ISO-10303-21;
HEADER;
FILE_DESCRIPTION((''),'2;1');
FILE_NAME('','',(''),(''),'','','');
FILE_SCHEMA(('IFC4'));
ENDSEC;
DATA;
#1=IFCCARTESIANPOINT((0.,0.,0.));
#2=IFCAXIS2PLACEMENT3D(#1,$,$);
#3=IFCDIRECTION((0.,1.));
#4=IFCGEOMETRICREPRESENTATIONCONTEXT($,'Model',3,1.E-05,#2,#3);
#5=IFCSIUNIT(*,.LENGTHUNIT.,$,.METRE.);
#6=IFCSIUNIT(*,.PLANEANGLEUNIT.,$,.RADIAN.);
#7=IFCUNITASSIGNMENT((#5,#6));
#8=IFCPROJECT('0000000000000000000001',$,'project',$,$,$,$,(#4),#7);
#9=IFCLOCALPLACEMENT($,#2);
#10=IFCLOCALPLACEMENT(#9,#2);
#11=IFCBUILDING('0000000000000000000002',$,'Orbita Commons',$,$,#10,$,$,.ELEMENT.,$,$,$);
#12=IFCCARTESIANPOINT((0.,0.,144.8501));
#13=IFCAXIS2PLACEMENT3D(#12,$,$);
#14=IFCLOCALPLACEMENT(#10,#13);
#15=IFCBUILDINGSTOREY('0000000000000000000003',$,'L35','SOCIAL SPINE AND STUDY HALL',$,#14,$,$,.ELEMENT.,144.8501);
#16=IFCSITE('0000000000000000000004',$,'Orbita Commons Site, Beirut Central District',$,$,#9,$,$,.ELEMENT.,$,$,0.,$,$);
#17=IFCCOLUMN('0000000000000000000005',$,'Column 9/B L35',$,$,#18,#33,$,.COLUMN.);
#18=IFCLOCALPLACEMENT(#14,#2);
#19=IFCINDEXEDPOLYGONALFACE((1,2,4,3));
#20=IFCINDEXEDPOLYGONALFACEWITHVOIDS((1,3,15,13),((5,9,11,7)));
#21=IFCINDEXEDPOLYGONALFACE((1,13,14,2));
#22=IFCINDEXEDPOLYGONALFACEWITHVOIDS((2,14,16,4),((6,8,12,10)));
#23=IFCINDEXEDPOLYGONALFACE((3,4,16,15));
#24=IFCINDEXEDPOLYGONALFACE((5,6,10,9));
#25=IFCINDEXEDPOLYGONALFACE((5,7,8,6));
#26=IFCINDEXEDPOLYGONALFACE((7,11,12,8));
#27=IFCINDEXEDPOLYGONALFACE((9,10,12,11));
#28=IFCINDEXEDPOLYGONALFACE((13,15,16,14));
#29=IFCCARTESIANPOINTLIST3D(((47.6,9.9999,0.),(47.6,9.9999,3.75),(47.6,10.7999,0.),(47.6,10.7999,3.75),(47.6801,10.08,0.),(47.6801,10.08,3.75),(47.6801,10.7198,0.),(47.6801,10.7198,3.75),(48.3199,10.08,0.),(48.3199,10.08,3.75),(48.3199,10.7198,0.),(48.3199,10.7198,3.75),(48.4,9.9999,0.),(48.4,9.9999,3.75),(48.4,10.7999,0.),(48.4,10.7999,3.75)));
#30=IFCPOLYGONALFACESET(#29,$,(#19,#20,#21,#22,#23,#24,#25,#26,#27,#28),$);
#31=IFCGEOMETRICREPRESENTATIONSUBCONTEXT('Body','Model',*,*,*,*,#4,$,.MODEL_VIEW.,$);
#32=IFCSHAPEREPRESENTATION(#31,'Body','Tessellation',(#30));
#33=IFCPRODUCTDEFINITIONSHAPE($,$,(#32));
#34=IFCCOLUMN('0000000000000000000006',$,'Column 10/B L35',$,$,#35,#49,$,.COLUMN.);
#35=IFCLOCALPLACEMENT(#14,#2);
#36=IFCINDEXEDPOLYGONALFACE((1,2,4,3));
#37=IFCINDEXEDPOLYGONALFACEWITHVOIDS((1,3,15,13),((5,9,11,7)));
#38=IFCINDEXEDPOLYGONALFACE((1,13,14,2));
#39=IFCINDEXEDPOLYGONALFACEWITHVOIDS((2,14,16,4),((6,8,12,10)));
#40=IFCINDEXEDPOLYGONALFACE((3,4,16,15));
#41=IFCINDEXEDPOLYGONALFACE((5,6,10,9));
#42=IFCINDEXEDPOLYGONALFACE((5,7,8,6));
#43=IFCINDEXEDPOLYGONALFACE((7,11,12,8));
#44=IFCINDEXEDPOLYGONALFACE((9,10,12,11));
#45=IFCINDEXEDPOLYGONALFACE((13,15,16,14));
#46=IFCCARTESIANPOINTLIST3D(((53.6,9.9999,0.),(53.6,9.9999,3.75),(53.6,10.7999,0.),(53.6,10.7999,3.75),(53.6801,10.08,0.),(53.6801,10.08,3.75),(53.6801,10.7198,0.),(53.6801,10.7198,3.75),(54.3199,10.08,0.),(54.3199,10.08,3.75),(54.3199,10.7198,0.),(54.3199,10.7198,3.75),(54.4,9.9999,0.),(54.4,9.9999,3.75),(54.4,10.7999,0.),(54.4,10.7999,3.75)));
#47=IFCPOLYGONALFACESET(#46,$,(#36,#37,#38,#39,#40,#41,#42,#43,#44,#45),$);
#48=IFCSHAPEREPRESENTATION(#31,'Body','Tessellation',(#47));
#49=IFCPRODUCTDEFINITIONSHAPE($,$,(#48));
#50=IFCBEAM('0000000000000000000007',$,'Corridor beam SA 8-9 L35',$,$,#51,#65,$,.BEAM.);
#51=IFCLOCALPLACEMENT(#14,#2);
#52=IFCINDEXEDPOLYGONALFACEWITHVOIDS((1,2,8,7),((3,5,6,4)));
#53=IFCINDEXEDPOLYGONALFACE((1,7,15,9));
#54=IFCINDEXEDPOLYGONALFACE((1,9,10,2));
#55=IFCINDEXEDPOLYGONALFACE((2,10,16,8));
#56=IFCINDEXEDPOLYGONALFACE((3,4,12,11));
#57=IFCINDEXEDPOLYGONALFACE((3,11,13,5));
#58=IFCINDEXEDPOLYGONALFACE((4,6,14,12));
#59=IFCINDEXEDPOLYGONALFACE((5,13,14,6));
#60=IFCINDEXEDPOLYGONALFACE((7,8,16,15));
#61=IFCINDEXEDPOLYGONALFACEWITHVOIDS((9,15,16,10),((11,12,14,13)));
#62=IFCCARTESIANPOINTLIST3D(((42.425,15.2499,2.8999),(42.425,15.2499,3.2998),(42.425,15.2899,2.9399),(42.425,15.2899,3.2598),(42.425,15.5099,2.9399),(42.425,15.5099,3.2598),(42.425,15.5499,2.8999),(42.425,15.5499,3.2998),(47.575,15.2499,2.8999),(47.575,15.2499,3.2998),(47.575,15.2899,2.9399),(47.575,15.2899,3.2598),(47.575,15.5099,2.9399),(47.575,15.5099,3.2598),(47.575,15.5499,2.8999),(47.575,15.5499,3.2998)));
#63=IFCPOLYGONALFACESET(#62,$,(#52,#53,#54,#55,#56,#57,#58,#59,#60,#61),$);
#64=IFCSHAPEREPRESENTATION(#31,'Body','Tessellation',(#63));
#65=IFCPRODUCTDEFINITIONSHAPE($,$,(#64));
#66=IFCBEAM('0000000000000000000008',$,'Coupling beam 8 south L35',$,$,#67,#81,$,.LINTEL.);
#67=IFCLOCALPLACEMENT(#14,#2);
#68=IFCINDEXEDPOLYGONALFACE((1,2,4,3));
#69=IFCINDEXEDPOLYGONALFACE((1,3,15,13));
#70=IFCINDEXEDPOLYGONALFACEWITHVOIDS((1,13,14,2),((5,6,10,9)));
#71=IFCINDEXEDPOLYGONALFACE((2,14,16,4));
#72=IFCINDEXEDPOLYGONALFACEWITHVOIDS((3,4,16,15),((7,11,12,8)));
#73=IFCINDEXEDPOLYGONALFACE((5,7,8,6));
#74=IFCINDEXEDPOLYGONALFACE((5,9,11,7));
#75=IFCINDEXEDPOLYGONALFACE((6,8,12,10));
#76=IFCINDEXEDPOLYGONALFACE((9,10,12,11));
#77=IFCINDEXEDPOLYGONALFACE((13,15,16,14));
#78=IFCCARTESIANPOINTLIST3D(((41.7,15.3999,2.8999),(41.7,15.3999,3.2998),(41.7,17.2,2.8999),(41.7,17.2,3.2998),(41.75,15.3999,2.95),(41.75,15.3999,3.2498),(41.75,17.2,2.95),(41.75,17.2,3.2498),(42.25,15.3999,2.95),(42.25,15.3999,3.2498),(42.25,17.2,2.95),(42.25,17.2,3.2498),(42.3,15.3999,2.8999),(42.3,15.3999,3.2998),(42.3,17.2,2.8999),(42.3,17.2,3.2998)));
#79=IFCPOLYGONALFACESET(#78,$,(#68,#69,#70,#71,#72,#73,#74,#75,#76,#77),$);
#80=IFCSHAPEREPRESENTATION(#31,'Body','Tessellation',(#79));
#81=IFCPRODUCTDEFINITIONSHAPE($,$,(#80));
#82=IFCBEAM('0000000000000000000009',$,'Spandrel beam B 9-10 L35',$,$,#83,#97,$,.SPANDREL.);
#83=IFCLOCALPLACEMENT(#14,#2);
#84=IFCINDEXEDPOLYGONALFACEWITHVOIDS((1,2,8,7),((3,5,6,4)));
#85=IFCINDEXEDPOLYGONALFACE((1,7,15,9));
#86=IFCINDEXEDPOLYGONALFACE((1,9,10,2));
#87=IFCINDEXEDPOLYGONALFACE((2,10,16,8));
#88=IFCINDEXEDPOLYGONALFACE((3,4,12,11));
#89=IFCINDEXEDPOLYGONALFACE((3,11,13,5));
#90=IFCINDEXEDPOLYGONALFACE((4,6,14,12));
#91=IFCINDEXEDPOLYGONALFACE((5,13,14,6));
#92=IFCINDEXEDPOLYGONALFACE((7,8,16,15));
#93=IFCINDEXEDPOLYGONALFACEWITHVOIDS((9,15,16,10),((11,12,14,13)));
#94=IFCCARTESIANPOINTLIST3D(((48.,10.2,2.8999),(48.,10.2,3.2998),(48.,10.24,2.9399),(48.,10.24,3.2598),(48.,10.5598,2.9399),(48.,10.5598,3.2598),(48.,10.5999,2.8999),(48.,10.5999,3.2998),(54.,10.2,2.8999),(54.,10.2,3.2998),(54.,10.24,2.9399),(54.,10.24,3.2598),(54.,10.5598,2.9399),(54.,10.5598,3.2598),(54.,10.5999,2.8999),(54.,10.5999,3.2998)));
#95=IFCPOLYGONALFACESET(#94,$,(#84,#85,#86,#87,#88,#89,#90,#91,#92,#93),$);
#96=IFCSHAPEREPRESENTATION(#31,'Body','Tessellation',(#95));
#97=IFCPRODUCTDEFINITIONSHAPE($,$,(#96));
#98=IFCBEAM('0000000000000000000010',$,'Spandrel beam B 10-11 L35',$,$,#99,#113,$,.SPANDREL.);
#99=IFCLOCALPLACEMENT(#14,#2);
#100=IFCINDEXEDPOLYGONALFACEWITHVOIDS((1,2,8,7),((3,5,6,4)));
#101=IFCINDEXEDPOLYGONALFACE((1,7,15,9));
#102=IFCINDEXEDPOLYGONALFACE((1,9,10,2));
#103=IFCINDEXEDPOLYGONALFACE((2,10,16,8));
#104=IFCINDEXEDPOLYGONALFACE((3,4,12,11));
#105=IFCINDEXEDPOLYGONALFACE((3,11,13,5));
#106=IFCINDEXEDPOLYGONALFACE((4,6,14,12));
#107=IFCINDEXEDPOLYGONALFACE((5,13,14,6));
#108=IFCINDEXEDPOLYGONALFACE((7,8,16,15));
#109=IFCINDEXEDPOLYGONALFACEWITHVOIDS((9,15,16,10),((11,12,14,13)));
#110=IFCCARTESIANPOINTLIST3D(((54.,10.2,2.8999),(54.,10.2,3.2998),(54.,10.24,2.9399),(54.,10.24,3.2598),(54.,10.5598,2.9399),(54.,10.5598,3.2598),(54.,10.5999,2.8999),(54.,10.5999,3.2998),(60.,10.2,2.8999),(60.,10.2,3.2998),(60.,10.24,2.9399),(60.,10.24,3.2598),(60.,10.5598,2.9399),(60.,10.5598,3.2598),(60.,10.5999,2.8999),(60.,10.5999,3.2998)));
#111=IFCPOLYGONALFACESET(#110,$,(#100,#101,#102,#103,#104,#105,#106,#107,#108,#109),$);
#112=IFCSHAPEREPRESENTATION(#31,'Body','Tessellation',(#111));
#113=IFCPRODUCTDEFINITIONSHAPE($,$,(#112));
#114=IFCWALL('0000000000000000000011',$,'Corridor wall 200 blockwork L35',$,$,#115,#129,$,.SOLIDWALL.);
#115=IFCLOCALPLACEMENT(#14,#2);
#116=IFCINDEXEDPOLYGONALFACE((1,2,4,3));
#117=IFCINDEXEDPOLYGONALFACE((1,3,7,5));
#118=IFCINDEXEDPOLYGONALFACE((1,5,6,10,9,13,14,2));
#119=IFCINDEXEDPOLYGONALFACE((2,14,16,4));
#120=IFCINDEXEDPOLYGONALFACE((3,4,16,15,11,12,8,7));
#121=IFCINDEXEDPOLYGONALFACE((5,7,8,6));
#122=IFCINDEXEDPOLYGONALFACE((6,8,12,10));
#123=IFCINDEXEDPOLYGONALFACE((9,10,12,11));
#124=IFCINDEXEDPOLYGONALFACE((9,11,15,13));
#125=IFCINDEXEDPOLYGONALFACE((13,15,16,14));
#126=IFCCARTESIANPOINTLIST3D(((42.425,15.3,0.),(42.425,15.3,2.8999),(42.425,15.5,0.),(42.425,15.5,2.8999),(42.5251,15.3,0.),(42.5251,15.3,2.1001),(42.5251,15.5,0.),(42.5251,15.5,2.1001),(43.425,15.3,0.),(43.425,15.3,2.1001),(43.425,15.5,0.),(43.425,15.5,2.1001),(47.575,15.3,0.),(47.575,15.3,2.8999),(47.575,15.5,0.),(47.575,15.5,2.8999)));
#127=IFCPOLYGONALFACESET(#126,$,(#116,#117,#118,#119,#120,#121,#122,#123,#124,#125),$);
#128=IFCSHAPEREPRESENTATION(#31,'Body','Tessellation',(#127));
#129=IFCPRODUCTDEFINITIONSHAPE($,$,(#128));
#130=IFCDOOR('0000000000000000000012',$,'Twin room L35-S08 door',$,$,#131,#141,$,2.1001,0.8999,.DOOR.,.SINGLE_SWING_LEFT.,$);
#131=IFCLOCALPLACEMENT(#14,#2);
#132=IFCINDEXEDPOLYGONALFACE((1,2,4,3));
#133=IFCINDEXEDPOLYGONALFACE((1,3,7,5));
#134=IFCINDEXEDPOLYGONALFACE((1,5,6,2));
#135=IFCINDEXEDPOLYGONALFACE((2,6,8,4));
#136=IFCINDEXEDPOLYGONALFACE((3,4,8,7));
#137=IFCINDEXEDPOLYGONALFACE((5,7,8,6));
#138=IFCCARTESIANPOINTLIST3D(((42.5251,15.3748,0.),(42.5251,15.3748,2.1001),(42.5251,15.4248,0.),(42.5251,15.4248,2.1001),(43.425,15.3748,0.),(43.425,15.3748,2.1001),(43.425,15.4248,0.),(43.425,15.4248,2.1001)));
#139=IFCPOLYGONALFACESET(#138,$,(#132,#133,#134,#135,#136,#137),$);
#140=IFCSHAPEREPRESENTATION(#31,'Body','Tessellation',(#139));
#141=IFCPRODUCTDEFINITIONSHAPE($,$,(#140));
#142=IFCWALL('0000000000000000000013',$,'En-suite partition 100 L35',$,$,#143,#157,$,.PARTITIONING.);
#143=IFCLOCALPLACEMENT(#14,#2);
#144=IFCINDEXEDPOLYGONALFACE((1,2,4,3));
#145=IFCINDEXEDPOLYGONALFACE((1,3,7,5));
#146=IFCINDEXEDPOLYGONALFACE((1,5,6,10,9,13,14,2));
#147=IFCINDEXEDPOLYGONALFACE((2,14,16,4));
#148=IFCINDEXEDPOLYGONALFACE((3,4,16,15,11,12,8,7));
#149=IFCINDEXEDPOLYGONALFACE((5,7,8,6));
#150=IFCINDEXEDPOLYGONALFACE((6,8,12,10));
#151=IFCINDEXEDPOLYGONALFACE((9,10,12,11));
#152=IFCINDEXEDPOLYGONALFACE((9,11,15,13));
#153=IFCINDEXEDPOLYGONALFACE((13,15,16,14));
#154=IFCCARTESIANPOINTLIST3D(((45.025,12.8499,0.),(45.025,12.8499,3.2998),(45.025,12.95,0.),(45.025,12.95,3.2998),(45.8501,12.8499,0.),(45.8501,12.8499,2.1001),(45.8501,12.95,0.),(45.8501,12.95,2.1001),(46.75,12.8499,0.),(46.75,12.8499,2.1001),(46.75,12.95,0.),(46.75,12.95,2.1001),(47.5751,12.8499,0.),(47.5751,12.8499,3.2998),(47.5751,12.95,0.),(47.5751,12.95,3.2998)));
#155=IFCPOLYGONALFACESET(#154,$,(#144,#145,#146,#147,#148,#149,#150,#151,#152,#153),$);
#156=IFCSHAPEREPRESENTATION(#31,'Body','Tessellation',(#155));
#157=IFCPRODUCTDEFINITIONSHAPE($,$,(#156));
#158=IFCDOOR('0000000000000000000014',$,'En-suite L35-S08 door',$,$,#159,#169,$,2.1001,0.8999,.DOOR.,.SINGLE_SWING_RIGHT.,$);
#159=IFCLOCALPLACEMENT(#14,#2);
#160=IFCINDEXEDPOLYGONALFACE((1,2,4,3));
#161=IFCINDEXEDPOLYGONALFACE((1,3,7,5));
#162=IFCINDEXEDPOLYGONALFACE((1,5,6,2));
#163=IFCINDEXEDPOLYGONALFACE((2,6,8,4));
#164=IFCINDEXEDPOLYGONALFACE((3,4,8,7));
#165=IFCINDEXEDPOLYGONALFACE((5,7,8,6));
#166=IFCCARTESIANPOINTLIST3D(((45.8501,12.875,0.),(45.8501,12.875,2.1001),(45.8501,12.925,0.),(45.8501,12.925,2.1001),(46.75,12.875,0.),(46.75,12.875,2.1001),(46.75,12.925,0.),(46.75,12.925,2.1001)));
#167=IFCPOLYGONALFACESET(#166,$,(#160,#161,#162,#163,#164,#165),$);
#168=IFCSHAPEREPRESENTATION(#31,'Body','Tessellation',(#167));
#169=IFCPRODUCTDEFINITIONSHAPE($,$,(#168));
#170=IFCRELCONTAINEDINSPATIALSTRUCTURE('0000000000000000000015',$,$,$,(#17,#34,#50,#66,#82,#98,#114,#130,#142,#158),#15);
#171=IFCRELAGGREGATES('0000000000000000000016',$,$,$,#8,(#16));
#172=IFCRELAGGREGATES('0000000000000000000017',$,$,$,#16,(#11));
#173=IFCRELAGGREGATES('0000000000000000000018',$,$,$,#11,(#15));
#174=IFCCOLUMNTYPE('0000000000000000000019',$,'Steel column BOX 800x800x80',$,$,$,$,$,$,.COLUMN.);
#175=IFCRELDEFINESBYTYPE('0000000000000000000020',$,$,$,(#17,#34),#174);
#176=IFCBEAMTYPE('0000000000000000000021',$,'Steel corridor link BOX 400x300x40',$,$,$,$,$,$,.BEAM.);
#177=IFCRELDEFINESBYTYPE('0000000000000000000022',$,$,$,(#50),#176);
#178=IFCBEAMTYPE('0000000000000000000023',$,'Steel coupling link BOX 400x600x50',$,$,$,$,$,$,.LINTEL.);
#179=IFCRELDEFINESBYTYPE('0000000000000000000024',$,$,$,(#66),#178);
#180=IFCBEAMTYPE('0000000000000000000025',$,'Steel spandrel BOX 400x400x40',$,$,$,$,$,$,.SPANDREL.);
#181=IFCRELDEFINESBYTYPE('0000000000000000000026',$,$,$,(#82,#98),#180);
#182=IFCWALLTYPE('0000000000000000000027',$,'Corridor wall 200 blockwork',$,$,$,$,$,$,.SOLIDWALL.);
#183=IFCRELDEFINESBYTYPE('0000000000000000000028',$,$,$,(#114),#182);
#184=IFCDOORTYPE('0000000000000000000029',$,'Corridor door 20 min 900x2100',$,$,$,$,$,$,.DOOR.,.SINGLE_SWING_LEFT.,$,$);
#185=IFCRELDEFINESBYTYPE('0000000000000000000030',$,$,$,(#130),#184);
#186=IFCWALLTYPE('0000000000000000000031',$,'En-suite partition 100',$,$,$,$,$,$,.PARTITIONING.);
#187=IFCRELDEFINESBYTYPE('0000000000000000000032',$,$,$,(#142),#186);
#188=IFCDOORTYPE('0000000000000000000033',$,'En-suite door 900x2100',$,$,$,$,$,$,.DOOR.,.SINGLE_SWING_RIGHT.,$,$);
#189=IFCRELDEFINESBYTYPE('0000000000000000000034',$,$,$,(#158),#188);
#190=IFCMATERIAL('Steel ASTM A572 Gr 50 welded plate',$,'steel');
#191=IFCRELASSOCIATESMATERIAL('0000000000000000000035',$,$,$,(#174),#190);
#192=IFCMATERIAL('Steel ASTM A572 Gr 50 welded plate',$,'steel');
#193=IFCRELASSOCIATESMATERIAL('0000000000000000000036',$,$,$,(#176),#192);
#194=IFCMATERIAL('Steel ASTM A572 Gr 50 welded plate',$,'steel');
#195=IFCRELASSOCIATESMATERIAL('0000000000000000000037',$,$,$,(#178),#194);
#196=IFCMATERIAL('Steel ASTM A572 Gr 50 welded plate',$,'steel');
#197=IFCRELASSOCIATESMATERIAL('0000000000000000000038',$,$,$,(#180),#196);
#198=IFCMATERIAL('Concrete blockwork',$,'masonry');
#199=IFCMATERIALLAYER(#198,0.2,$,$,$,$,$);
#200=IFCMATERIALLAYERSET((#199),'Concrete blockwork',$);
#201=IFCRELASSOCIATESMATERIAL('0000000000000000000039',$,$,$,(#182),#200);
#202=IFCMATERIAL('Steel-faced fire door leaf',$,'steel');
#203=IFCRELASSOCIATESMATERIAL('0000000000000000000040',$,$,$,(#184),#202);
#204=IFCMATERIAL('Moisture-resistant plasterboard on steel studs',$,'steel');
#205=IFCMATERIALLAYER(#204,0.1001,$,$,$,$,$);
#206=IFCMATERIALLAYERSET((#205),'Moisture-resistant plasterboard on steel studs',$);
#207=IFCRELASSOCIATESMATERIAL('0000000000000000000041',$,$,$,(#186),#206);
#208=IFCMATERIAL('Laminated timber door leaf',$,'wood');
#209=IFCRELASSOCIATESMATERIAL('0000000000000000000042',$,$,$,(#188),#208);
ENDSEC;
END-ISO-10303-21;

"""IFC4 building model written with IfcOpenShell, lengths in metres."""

from ifc_helpers import new_model, si_unit, direction, frame, frame_2d, origin, origin_2d, place, context, subcontext, project, spatial, polyline, rectangle, hollow_rectangle, outline, extrude, material, layer, layer_set, material_profile, profile_set, type_object, element, fill, save


model = new_model("IFC4")

# Units and contexts
model_context = context("Model", 3, precision=1e-05, world=origin(), true_north=direction((0.0, 1.0)))
body_context = subcontext(model_context, "Body", "Model", "MODEL_VIEW")
ifc_project = project(units=[si_unit("LENGTHUNIT", "METRE"), si_unit("PLANEANGLEUNIT", "RADIAN")], contexts=[model_context])

# Site, building, storey
site_placement = place(None, origin())
site = spatial("IfcSite", under=ifc_project, at=site_placement, Name="Orbita Commons Site, Beirut Central District", CompositionType="ELEMENT", RefElevation=0.0)
building_placement = place(site_placement, origin())
building = spatial("IfcBuilding", under=site, at=building_placement, Name="Orbita Commons", CompositionType="ELEMENT")
storey_placement = place(building_placement, frame((0.0, 0.0, 144.8501)))
storey = spatial("IfcBuildingStorey", under=building, at=storey_placement, Name="L35", Description="SOCIAL SPINE AND STUDY HALL", CompositionType="ELEMENT", Elevation=144.8501)

# Columns
ifc_material_1 = material(Name="Steel ASTM A572 Gr 50 welded plate", Category="steel")
ifc_material_profile_1 = material_profile(ifc_material_1, hollow_rectangle(XDim=0.8, YDim=0.8, WallThickness=0.0801, at=origin_2d()), Name="BOX 800x800x80")
ifc_profile_set_1 = profile_set([ifc_material_profile_1], Name="Steel ASTM A572 Gr 50 welded plate")
column_type = type_object("IfcColumnType", Name="Steel column BOX 800x800x80", PredefinedType="COLUMN", material=ifc_profile_set_1)
for number, where, z_axis, x_axis, name in (
    (1, (48.0, 10.3999, 0.0), (0.0, 0.0, 1.0), (1.0, 0.0, 0.0), "Column 9/B L35"),
    (2, (54.0, 10.3999, 0.0), (0.0, 0.0, 1.0), (1.0, 0.0, 0.0), "Column 10/B L35"),
):
    element("IfcColumn", number, at=place(storey_placement, frame(where, z_axis=z_axis, x_axis=x_axis)), inside=storey, type_object=column_type, Name=name, PredefinedType="COLUMN", context=body_context, shape_type="SweptSolid", body=[
        extrude(hollow_rectangle(XDim=0.8, YDim=0.8, WallThickness=0.0801, at=origin_2d()), origin(), (0.0, 0.0, 1.0), 3.75),
    ])

# Beams
ifc_material_2 = material(Name="Steel ASTM A572 Gr 50 welded plate", Category="steel")
ifc_material_profile_2 = material_profile(ifc_material_2, hollow_rectangle(XDim=0.3, YDim=0.3999, WallThickness=0.04, at=origin_2d()), Name="BOX 400x300x40")
ifc_profile_set_2 = profile_set([ifc_material_profile_2], Name="Steel ASTM A572 Gr 50 welded plate")
beam_type_1 = type_object("IfcBeamType", Name="Steel corridor link BOX 400x300x40", PredefinedType="BEAM", material=ifc_profile_set_2)
beam_1_placement = place(storey_placement, frame((42.425, 15.3999, 3.0999), z_axis=(1.0, 0.0, 0.0), x_axis=(0.0, 1.0, 0.0)))
element("IfcBeam", 3, at=beam_1_placement, inside=storey, type_object=beam_type_1, Name="Corridor beam SA 8-9 L35", PredefinedType="BEAM", context=body_context, shape_type="SweptSolid", body=[
    extrude(hollow_rectangle(XDim=0.3, YDim=0.3999, WallThickness=0.04, at=origin_2d()), origin(), (0.0, 0.0, 1.0), 5.1499),
])
ifc_material_3 = material(Name="Steel ASTM A572 Gr 50 welded plate", Category="steel")
ifc_material_profile_3 = material_profile(ifc_material_3, hollow_rectangle(XDim=0.6001, YDim=0.3999, WallThickness=0.05, at=origin_2d()), Name="BOX 400x600x50")
ifc_profile_set_3 = profile_set([ifc_material_profile_3], Name="Steel ASTM A572 Gr 50 welded plate")
beam_type_2 = type_object("IfcBeamType", Name="Steel coupling link BOX 400x600x50", PredefinedType="LINTEL", material=ifc_profile_set_3)
beam_2_placement = place(storey_placement, frame((42.0, 15.3999, 3.0999), z_axis=(0.0, 1.0, 0.0), x_axis=(-1.0, 0.0, 0.0)))
element("IfcBeam", 4, at=beam_2_placement, inside=storey, type_object=beam_type_2, Name="Coupling beam 8 south L35", PredefinedType="LINTEL", context=body_context, shape_type="SweptSolid", body=[
    extrude(hollow_rectangle(XDim=0.6001, YDim=0.3999, WallThickness=0.05, at=origin_2d()), origin(), (0.0, 0.0, 1.0), 1.8),
])
ifc_material_4 = material(Name="Steel ASTM A572 Gr 50 welded plate", Category="steel")
ifc_material_profile_4 = material_profile(ifc_material_4, hollow_rectangle(XDim=0.3999, YDim=0.3999, WallThickness=0.04, at=origin_2d()), Name="BOX 400x400x40")
ifc_profile_set_4 = profile_set([ifc_material_profile_4], Name="Steel ASTM A572 Gr 50 welded plate")
beam_type_3 = type_object("IfcBeamType", Name="Steel spandrel BOX 400x400x40", PredefinedType="SPANDREL", material=ifc_profile_set_4)
for number, where, z_axis, x_axis, name in (
    (5, (48.0, 10.3999, 3.0999), (1.0, 0.0, 0.0), (0.0, 1.0, 0.0), "Spandrel beam B 9-10 L35"),
    (6, (54.0, 10.3999, 3.0999), (1.0, 0.0, 0.0), (0.0, 1.0, 0.0), "Spandrel beam B 10-11 L35"),
):
    element("IfcBeam", number, at=place(storey_placement, frame(where, z_axis=z_axis, x_axis=x_axis)), inside=storey, type_object=beam_type_3, Name=name, PredefinedType="SPANDREL", context=body_context, shape_type="SweptSolid", body=[
        extrude(hollow_rectangle(XDim=0.3999, YDim=0.3999, WallThickness=0.04, at=origin_2d()), origin(), (0.0, 0.0, 1.0), 6.0),
    ])

# Walls, openings, doors
ifc_material_5 = material(Name="Concrete blockwork", Category="masonry")
ifc_layer_1 = layer(ifc_material_5, 0.2)
ifc_layer_set_1 = layer_set([ifc_layer_1], Name="Concrete blockwork")
wall_type_1 = type_object("IfcWallType", Name="Corridor wall 200 blockwork", PredefinedType="SOLIDWALL", material=ifc_layer_set_1)
wall_1_placement = place(storey_placement, frame((42.425, 15.3999, 0.0), z_axis=(0.0, 0.0, 1.0), x_axis=(1.0, 0.0, 0.0)))
wall_1 = element("IfcWall", 7, at=wall_1_placement, inside=storey, type_object=wall_type_1, Name="Corridor wall 200 blockwork L35", PredefinedType="SOLIDWALL", context=body_context, shape_type="SweptSolid", body=[
    extrude(outline(polyline([(0.0, 0.0), (5.1499, 0.0), (5.1499, 2.8999), (0.0, 2.8999), (0.0, 0.0)])), frame((0.0, 0.1001, 0.0), z_axis=(0.0, -1.0, 0.0), x_axis=(1.0, 0.0, 0.0)), (0.0, 0.0, 1.0), 0.2),
])
opening_1_placement = place(wall_1_placement, frame((0.1001, 0.0, 0.0)))
opening_1 = element("IfcOpeningElement", 8, at=opening_1_placement, cuts=wall_1, PredefinedType="OPENING", context=body_context, shape_type="SweptSolid", body=[
    extrude(rectangle(XDim=0.8999, YDim=2.1001, at=frame_2d((0.45, 1.05))), frame((0.0, 0.1099, 0.0), z_axis=(0.0, -1.0, 0.0), x_axis=(1.0, 0.0, 0.0)), (0.0, 0.0, 1.0), 0.22),
])
ifc_material_6 = material(Name="Steel-faced fire door leaf", Category="steel")
door_type_1 = type_object("IfcDoorType", Name="Corridor door 20 min 900x2100", OperationType="SINGLE_SWING_LEFT", PredefinedType="DOOR", material=ifc_material_6)
door_1_placement = place(opening_1_placement, origin())
door_1 = element("IfcDoor", 9, at=door_1_placement, inside=storey, type_object=door_type_1, Name="Twin room L35-S08 door", OperationType="SINGLE_SWING_LEFT", OverallHeight=2.1001, OverallWidth=0.8999, PredefinedType="DOOR", context=body_context, shape_type="SweptSolid", body=[
    extrude(rectangle(XDim=0.8999, YDim=2.1001, at=frame_2d((0.45, 1.05))), frame((0.0, 0.0249, 0.0), z_axis=(0.0, -1.0, 0.0), x_axis=(1.0, 0.0, 0.0)), (0.0, 0.0, 1.0), 0.05),
])
fill(opening_1, door_1)
ifc_material_7 = material(Name="Moisture-resistant plasterboard on steel studs", Category="steel")
ifc_layer_2 = layer(ifc_material_7, 0.1001)
ifc_layer_set_2 = layer_set([ifc_layer_2], Name="Moisture-resistant plasterboard on steel studs")
wall_type_2 = type_object("IfcWallType", Name="En-suite partition 100", PredefinedType="PARTITIONING", material=ifc_layer_set_2)
wall_2_placement = place(storey_placement, frame((47.575, 12.8999, 0.0), z_axis=(0.0, 0.0, 1.0), x_axis=(-1.0, 0.0, 0.0)))
wall_2 = element("IfcWall", 10, at=wall_2_placement, inside=storey, type_object=wall_type_2, Name="En-suite partition 100 L35", PredefinedType="PARTITIONING", context=body_context, shape_type="SweptSolid", body=[
    extrude(rectangle(XDim=2.55, YDim=0.1001, at=frame_2d((1.2749, 0.0))), origin(), (0.0, 0.0, 1.0), 3.2998),
])
opening_2_placement = place(wall_2_placement, frame((0.825, 0.0, 0.0)))
opening_2 = element("IfcOpeningElement", 11, at=opening_2_placement, cuts=wall_2, PredefinedType="OPENING", context=body_context, shape_type="SweptSolid", body=[
    extrude(rectangle(XDim=0.8999, YDim=2.1001, at=frame_2d((0.45, 1.05))), frame((0.0, 0.0601, 0.0), z_axis=(0.0, -1.0, 0.0), x_axis=(1.0, 0.0, 0.0)), (0.0, 0.0, 1.0), 0.1201),
])
ifc_material_8 = material(Name="Laminated timber door leaf", Category="wood")
door_type_2 = type_object("IfcDoorType", Name="En-suite door 900x2100", OperationType="SINGLE_SWING_RIGHT", PredefinedType="DOOR", material=ifc_material_8)
door_2_placement = place(opening_2_placement, origin())
door_2 = element("IfcDoor", 12, at=door_2_placement, inside=storey, type_object=door_type_2, Name="En-suite L35-S08 door", OperationType="SINGLE_SWING_RIGHT", OverallHeight=2.1001, OverallWidth=0.8999, PredefinedType="DOOR", context=body_context, shape_type="SweptSolid", body=[
    extrude(rectangle(XDim=0.8999, YDim=2.1001, at=frame_2d((0.45, 1.05))), frame((0.0, 0.0249, 0.0), z_axis=(0.0, -1.0, 0.0), x_axis=(1.0, 0.0, 0.0)), (0.0, 0.0, 1.0), 0.05),
])
fill(opening_2, door_2)

save(model, "model.ifc")
